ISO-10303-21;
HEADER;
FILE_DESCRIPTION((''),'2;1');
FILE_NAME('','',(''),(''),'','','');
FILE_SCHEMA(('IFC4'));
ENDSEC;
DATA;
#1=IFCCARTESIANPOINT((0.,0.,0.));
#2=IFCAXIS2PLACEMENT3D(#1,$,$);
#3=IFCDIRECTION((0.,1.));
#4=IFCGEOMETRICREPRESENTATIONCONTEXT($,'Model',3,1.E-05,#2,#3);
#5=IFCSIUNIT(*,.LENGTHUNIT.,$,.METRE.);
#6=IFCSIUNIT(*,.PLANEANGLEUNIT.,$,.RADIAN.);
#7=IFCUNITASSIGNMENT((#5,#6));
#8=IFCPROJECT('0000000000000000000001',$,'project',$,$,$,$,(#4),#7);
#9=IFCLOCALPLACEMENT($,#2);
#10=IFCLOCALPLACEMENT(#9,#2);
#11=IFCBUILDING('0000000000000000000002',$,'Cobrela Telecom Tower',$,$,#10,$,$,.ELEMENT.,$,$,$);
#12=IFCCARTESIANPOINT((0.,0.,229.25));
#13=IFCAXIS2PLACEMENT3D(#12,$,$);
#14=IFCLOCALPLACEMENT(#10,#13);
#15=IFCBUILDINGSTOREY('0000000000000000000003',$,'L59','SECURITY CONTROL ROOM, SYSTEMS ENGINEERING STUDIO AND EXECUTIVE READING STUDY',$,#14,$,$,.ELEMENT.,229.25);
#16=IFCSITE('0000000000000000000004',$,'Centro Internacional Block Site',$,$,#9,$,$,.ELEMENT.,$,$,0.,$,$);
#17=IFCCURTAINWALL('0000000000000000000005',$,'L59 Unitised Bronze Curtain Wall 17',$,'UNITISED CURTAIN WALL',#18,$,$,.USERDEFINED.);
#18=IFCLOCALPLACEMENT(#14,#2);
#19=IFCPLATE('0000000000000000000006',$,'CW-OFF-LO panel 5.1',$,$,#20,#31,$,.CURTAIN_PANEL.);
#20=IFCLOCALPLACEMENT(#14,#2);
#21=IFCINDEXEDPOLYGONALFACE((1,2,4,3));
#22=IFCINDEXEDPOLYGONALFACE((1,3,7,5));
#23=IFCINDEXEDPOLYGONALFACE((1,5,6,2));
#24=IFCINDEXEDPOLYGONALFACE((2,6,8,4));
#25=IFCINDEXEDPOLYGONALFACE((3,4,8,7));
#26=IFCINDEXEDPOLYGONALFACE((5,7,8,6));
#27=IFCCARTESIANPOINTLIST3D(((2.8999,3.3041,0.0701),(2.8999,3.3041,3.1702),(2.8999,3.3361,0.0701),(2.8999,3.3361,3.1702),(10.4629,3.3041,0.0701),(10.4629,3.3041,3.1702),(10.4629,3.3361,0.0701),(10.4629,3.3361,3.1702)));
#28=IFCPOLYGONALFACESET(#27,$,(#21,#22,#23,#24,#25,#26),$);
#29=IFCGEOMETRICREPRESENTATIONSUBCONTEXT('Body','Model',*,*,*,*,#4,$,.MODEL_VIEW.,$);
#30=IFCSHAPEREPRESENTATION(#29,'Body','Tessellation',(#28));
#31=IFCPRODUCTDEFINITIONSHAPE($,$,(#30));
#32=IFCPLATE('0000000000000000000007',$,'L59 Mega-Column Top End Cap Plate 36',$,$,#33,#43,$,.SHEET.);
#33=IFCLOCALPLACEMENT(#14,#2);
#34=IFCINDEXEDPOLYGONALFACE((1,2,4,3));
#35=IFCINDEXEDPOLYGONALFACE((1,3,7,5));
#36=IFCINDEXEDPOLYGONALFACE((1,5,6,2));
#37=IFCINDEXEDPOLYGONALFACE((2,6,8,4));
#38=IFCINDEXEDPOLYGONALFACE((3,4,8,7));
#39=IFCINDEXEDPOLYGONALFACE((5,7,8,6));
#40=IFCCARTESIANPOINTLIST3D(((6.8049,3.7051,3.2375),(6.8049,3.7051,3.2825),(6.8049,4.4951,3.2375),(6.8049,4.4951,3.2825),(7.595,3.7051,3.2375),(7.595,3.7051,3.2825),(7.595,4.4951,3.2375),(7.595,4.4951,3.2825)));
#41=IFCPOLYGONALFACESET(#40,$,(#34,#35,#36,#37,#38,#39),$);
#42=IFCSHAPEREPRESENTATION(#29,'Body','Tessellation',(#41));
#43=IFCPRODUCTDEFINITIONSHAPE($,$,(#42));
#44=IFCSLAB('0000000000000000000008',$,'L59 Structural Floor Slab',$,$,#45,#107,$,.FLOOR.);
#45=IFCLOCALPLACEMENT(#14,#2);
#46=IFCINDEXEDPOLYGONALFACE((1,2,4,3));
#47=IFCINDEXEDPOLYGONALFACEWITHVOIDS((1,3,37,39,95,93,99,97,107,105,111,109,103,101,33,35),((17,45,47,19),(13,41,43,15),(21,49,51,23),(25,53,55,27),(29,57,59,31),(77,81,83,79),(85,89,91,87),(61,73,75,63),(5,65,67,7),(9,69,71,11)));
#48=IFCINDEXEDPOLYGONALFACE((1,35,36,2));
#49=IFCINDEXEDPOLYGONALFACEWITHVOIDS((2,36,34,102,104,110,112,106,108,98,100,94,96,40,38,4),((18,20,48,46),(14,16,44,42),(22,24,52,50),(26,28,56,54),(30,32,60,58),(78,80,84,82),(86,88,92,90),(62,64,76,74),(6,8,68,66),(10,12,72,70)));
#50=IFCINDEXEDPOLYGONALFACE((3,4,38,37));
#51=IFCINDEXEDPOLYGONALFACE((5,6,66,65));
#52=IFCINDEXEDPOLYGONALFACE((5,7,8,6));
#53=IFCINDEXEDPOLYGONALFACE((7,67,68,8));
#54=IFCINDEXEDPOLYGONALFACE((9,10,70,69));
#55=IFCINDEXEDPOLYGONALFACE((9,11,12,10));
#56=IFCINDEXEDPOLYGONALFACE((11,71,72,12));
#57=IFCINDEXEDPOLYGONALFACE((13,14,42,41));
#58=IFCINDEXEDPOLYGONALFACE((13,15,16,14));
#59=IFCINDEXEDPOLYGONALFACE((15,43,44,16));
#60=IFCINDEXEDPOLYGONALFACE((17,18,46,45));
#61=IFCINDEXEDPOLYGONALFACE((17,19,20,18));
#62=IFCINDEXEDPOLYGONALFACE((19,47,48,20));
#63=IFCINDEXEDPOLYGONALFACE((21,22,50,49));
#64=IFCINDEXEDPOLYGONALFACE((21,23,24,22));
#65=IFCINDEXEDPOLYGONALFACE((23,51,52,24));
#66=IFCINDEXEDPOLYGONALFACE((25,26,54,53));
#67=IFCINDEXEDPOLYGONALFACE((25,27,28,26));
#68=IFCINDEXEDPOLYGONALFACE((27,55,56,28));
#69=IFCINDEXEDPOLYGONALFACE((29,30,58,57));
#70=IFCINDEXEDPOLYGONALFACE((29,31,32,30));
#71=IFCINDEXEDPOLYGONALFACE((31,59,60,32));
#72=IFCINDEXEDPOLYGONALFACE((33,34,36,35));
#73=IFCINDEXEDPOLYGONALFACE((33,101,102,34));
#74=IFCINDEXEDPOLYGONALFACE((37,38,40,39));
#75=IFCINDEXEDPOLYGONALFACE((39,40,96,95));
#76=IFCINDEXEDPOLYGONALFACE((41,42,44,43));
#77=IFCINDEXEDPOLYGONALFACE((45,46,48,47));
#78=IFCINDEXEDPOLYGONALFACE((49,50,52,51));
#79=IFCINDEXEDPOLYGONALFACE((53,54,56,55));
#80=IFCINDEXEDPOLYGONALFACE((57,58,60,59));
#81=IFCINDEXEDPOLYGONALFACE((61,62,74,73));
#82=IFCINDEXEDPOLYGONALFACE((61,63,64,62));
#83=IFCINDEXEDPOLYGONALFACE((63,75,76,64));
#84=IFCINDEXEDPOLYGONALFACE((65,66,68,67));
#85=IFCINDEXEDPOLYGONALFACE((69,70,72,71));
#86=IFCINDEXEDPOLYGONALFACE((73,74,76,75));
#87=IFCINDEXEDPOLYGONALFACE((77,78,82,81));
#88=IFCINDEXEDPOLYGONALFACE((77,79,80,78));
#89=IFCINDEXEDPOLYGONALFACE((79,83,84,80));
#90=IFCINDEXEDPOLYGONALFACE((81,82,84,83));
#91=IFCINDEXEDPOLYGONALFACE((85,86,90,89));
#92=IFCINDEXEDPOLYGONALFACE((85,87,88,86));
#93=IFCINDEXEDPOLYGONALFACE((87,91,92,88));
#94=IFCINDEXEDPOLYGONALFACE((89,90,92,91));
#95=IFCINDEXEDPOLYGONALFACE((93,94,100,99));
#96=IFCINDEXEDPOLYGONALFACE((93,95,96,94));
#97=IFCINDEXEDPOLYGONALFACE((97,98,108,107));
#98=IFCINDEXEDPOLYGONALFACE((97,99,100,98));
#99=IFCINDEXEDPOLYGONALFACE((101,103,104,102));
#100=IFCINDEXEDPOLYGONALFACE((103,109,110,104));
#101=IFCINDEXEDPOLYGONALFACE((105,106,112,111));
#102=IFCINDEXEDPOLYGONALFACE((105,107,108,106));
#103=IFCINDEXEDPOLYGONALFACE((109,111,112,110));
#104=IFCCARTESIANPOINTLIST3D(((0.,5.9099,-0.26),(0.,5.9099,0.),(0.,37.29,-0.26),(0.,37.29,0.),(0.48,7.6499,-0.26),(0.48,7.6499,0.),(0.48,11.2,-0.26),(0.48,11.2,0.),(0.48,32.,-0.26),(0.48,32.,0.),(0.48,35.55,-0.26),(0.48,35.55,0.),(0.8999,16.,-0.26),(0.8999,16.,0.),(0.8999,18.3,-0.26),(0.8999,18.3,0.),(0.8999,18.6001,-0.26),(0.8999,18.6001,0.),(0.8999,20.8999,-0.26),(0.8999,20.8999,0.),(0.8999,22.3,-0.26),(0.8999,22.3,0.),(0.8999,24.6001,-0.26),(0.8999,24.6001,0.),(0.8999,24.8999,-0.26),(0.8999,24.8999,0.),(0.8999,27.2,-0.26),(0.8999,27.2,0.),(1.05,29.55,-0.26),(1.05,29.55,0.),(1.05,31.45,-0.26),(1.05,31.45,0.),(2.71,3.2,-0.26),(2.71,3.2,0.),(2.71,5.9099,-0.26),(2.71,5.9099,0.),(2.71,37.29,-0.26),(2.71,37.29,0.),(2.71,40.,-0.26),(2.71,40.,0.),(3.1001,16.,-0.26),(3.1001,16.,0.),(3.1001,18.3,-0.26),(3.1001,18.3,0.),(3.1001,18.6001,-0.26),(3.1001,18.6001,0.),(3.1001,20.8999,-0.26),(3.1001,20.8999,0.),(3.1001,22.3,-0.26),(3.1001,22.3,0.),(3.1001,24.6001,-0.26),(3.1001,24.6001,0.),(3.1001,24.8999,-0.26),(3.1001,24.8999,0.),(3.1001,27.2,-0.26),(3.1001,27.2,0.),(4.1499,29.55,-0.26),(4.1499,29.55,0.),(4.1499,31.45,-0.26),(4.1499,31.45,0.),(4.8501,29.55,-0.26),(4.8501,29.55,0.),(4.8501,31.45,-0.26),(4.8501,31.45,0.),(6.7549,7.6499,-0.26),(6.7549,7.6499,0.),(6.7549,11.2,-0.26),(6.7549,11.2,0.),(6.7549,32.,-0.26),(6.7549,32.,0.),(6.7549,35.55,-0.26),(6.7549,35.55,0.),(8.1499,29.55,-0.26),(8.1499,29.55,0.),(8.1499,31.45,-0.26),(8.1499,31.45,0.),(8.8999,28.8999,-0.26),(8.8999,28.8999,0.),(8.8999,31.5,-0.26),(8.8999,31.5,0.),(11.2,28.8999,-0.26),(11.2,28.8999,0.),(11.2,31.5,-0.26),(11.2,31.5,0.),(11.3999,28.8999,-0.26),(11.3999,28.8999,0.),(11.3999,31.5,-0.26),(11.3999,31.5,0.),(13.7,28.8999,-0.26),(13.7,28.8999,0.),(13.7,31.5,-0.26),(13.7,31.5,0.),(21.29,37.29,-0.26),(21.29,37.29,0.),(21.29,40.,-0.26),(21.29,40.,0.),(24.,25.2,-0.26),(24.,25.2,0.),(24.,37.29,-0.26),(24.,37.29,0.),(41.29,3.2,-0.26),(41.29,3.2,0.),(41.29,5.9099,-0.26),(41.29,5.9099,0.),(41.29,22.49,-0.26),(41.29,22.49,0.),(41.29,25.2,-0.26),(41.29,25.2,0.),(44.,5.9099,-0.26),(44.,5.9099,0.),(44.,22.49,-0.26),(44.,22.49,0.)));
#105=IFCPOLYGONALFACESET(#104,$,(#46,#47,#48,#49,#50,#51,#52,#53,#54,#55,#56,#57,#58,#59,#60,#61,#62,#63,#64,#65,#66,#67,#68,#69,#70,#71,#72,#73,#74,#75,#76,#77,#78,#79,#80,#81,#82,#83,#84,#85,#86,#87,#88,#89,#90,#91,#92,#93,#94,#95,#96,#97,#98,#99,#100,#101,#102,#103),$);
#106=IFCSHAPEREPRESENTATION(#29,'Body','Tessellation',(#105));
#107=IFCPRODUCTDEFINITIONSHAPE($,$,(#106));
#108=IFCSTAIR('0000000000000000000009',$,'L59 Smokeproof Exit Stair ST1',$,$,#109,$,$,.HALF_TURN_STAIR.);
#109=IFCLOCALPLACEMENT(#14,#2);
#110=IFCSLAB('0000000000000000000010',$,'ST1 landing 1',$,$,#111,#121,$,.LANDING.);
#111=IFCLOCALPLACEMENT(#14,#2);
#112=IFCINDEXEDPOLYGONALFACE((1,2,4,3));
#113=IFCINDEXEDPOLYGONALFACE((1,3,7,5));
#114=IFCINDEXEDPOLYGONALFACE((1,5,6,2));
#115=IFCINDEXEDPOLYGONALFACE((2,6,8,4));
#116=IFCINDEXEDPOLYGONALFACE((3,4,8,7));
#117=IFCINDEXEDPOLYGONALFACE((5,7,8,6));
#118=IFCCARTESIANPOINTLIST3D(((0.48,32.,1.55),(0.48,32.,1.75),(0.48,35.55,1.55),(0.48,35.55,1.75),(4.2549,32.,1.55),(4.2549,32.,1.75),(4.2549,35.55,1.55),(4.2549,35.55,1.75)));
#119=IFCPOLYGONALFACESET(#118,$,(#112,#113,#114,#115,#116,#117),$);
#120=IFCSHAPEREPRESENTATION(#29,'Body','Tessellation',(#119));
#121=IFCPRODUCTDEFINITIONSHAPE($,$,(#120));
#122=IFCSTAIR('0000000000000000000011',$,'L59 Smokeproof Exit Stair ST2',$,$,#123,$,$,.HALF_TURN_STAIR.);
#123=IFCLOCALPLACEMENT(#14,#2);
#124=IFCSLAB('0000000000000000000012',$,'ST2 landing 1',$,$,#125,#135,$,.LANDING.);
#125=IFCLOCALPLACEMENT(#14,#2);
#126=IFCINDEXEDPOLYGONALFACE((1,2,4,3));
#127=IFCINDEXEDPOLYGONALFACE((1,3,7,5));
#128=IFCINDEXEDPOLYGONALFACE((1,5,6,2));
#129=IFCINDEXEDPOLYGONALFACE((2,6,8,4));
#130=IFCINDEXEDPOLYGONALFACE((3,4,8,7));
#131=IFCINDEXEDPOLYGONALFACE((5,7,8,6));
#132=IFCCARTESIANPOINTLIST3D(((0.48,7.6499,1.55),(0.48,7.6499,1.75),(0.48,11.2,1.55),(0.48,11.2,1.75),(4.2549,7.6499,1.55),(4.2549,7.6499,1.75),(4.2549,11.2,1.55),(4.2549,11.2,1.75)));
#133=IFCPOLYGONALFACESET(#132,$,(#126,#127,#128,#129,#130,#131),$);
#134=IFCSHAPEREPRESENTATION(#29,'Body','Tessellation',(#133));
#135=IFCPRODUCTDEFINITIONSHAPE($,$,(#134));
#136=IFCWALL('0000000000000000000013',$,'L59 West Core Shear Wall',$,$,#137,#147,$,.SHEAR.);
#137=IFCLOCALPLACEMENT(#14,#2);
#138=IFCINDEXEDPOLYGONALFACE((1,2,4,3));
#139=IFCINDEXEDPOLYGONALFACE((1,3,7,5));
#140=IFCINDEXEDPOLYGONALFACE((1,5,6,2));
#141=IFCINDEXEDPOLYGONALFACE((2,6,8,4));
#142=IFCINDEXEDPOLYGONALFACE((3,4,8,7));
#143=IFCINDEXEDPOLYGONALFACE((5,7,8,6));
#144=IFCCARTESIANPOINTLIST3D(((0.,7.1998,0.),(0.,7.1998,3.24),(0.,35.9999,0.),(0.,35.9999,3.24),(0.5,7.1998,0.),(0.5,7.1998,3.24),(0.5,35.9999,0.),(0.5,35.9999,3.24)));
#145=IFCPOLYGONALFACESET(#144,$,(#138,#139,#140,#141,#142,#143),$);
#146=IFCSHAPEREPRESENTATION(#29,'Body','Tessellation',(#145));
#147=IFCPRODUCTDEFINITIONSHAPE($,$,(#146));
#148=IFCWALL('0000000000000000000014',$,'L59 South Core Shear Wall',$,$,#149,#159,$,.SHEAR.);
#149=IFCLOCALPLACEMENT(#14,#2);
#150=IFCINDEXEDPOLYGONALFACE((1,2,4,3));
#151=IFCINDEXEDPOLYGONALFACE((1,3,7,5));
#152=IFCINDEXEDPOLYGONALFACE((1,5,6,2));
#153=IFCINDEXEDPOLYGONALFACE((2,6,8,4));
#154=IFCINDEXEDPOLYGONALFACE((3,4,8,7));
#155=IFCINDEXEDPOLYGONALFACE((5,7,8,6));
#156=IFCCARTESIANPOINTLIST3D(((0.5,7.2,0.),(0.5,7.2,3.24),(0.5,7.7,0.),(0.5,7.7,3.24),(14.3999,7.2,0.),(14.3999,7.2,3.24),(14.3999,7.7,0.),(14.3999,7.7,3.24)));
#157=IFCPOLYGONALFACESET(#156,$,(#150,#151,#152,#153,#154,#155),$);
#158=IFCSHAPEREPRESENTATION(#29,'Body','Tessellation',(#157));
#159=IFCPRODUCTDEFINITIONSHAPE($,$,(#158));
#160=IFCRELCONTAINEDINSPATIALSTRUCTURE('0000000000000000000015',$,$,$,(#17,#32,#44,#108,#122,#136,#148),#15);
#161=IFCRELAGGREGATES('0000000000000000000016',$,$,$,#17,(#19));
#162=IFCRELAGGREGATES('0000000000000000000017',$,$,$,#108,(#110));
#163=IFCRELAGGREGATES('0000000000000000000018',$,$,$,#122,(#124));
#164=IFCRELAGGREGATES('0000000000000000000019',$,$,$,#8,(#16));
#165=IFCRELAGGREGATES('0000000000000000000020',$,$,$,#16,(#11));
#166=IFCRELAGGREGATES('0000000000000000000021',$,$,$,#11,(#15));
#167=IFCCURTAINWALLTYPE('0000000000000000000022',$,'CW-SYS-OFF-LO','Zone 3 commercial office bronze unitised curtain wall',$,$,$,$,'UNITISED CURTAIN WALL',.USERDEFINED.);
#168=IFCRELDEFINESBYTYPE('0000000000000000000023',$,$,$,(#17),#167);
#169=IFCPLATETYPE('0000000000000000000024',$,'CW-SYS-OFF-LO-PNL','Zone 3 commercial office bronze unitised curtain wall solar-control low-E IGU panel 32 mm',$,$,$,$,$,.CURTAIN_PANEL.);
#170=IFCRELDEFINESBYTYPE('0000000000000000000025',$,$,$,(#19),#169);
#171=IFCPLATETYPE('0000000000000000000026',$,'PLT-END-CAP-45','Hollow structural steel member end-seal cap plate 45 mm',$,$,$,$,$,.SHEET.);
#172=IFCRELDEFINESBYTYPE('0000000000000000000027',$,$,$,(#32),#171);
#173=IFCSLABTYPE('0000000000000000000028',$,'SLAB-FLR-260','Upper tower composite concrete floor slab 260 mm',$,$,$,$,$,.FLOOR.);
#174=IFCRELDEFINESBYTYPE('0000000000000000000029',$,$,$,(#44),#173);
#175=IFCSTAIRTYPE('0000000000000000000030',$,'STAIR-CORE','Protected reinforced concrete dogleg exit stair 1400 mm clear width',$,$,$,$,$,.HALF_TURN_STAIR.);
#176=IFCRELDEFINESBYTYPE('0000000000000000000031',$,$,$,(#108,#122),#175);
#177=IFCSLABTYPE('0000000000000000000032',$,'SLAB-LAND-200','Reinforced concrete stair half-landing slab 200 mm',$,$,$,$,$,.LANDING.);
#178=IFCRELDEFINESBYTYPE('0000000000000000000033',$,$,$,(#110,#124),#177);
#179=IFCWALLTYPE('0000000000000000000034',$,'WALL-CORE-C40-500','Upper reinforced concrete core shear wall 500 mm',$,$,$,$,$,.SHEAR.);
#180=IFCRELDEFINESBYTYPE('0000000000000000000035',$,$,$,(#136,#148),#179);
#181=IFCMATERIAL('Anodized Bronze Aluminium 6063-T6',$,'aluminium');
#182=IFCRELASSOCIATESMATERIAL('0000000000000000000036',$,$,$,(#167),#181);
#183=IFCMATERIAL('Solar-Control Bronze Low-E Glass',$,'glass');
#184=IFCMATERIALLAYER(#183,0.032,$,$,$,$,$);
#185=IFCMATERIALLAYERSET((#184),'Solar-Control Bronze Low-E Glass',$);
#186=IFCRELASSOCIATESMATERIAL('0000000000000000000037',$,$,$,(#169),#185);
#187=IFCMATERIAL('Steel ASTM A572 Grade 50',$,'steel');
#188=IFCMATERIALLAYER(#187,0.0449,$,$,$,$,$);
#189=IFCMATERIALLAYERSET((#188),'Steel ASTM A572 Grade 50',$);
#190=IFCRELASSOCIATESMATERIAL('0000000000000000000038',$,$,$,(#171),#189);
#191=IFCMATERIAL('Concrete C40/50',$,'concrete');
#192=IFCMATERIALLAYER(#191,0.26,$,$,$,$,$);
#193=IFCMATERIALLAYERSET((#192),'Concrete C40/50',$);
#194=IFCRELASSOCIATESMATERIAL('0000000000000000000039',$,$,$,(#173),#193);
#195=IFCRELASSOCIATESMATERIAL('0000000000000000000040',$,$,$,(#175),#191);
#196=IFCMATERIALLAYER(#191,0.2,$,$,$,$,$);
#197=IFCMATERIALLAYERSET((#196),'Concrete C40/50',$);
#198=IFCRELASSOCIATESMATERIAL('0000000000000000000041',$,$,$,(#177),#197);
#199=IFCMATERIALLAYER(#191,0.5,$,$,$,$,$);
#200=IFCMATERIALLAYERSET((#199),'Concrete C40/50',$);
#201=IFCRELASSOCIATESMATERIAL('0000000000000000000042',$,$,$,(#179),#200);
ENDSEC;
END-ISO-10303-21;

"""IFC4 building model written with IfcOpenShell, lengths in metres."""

from ifc_helpers import new_model, si_unit, direction, frame, frame_2d, origin, origin_2d, place, context, subcontext, project, spatial, polyline, rectangle, outline, extrude, material, layer, layer_set, type_object, element, aggregate, save


model = new_model("IFC4")

# Units and contexts
model_context = context("Model", 3, precision=1e-05, world=origin(), true_north=direction((0.0, 1.0)))
body_context = subcontext(model_context, "Body", "Model", "MODEL_VIEW")
ifc_project = project(units=[si_unit("LENGTHUNIT", "METRE"), si_unit("PLANEANGLEUNIT", "RADIAN")], contexts=[model_context])

# Site, building, storey
site_placement = place(None, origin())
site = spatial("IfcSite", under=ifc_project, at=site_placement, Name="Centro Internacional Block Site", CompositionType="ELEMENT", RefElevation=0.0)
building_placement = place(site_placement, origin())
building = spatial("IfcBuilding", under=site, at=building_placement, Name="Cobrela Telecom Tower", CompositionType="ELEMENT")
storey_placement = place(building_placement, frame((0.0, 0.0, 229.25)))
storey = spatial("IfcBuildingStorey", under=building, at=storey_placement, Name="L59", Description="SECURITY CONTROL ROOM, SYSTEMS ENGINEERING STUDIO AND EXECUTIVE READING STUDY", CompositionType="ELEMENT", Elevation=229.25)

# Shared definitions
ifc_material_1 = material(Name="Steel ASTM A572 Grade 50", Category="steel")

# Curtain wall, plate
ifc_material_2 = material(Name="Anodized Bronze Aluminium 6063-T6", Category="aluminium")
curtain_wall_type = type_object("IfcCurtainWallType", Name="CW-SYS-OFF-LO", Description="Zone 3 commercial office bronze unitised curtain wall", ElementType="UNITISED CURTAIN WALL", PredefinedType="USERDEFINED", material=ifc_material_2)
curtain_wall_placement = place(storey_placement, origin())
curtain_wall = element("IfcCurtainWall", 1, at=curtain_wall_placement, inside=storey, type_object=curtain_wall_type, Name="L59 Unitised Bronze Curtain Wall 17", ObjectType="UNITISED CURTAIN WALL", PredefinedType="USERDEFINED")
ifc_material_3 = material(Name="Solar-Control Bronze Low-E Glass", Category="glass")
ifc_layer_1 = layer(ifc_material_3, 0.032)
ifc_layer_set_1 = layer_set([ifc_layer_1], Name="Solar-Control Bronze Low-E Glass")
plate_type_1 = type_object("IfcPlateType", Name="CW-SYS-OFF-LO-PNL", Description="Zone 3 commercial office bronze unitised curtain wall solar-control low-E IGU panel 32 mm", PredefinedType="CURTAIN_PANEL", material=ifc_layer_set_1)
plate_1_placement = place(storey_placement, frame((6.6814, 3.3201, 0.0701), z_axis=(0.0, 0.0, 1.0), x_axis=(-1.0, 0.0, 0.0)))
plate_1 = element("IfcPlate", 2, at=plate_1_placement, type_object=plate_type_1, Name="CW-OFF-LO panel 5.1", PredefinedType="CURTAIN_PANEL", context=body_context, shape_type="SweptSolid", body=[
    extrude(rectangle(XDim=7.563, YDim=0.032, at=origin_2d()), origin(), (0.0, 0.0, 1.0), 3.1001),
])
aggregate(curtain_wall, [plate_1])

# Plate
ifc_layer_2 = layer(ifc_material_1, 0.0449)
ifc_layer_set_2 = layer_set([ifc_layer_2], Name="Steel ASTM A572 Grade 50")
plate_type_2 = type_object("IfcPlateType", Name="PLT-END-CAP-45", Description="Hollow structural steel member end-seal cap plate 45 mm", PredefinedType="SHEET", material=ifc_layer_set_2)
plate_2_placement = place(storey_placement, frame((7.2, 4.1001, 3.2375), z_axis=(0.0, 0.0, 1.0), x_axis=(1.0, 0.0, 0.0)))
element("IfcPlate", 3, at=plate_2_placement, inside=storey, type_object=plate_type_2, Name="L59 Mega-Column Top End Cap Plate 36", PredefinedType="SHEET", context=body_context, shape_type="SweptSolid", body=[
    extrude(rectangle(XDim=0.79, YDim=0.79, at=origin_2d()), origin(), (0.0, 0.0, 1.0), 0.0449),
])

# Slab, openings
ifc_material_4 = material(Name="Concrete C40/50", Category="concrete")
ifc_layer_3 = layer(ifc_material_4, 0.26)
ifc_layer_set_3 = layer_set([ifc_layer_3], Name="Concrete C40/50")
slab_type_1 = type_object("IfcSlabType", Name="SLAB-FLR-260", Description="Upper tower composite concrete floor slab 260 mm", PredefinedType="FLOOR", material=ifc_layer_set_3)
slab_1_placement = place(storey_placement, frame((0.0, 0.0, -0.26)))
slab_1 = element("IfcSlab", 4, at=slab_1_placement, inside=storey, type_object=slab_type_1, Name="L59 Structural Floor Slab", PredefinedType="FLOOR", context=body_context, shape_type="SweptSolid", body=[
    extrude(outline(polyline([(2.71, 3.2), (41.29, 3.2), (41.29, 5.9099), (44.0, 5.9099), (44.0, 22.49), (41.29, 22.49), (41.29, 25.2), (24.0, 25.2), (24.0, 37.29), (21.29, 37.29), (21.29, 40.0), (2.71, 40.0), (2.71, 37.29), (0.0, 37.29), (0.0, 5.9099), (2.71, 5.9099), (2.71, 3.2)])), origin(), (0.0, 0.0, 1.0), 0.26),
])
opening_1_placement = place(slab_1_placement, frame((0.0, 0.0, -0.02)))
element("IfcOpeningElement", 5, at=opening_1_placement, cuts=slab_1, PredefinedType="OPENING", context=body_context, shape_type="SweptSolid", body=[
    extrude(outline(polyline([(8.8999, 28.8999), (11.2, 28.8999), (11.2, 31.5), (8.8999, 31.5), (8.8999, 28.8999)])), origin(), (0.0, 0.0, 1.0), 0.3),
])
opening_2_placement = place(slab_1_placement, frame((0.0, 0.0, -0.02)))
element("IfcOpeningElement", 6, at=opening_2_placement, cuts=slab_1, PredefinedType="OPENING", context=body_context, shape_type="SweptSolid", body=[
    extrude(outline(polyline([(11.3999, 28.8999), (13.7, 28.8999), (13.7, 31.5), (11.3999, 31.5), (11.3999, 28.8999)])), origin(), (0.0, 0.0, 1.0), 0.3),
])
opening_3_placement = place(slab_1_placement, frame((0.0, 0.0, -0.02)))
element("IfcOpeningElement", 7, at=opening_3_placement, cuts=slab_1, PredefinedType="OPENING", context=body_context, shape_type="SweptSolid", body=[
    extrude(outline(polyline([(0.8999, 16.0), (3.1001, 16.0), (3.1001, 18.3), (0.8999, 18.3), (0.8999, 16.0)])), origin(), (0.0, 0.0, 1.0), 0.3),
])
opening_4_placement = place(slab_1_placement, frame((0.0, 0.0, -0.02)))
element("IfcOpeningElement", 8, at=opening_4_placement, cuts=slab_1, PredefinedType="OPENING", context=body_context, shape_type="SweptSolid", body=[
    extrude(outline(polyline([(0.8999, 18.6001), (3.1001, 18.6001), (3.1001, 20.8999), (0.8999, 20.8999), (0.8999, 18.6001)])), origin(), (0.0, 0.0, 1.0), 0.3),
])
opening_5_placement = place(slab_1_placement, frame((0.0, 0.0, -0.02)))
element("IfcOpeningElement", 9, at=opening_5_placement, cuts=slab_1, PredefinedType="OPENING", context=body_context, shape_type="SweptSolid", body=[
    extrude(outline(polyline([(0.8999, 22.3), (3.1001, 22.3), (3.1001, 24.6001), (0.8999, 24.6001), (0.8999, 22.3)])), origin(), (0.0, 0.0, 1.0), 0.3),
])
opening_6_placement = place(slab_1_placement, frame((0.0, 0.0, -0.02)))
element("IfcOpeningElement", 10, at=opening_6_placement, cuts=slab_1, PredefinedType="OPENING", context=body_context, shape_type="SweptSolid", body=[
    extrude(outline(polyline([(0.8999, 24.8999), (3.1001, 24.8999), (3.1001, 27.2), (0.8999, 27.2), (0.8999, 24.8999)])), origin(), (0.0, 0.0, 1.0), 0.3),
])
opening_7_placement = place(slab_1_placement, frame((0.0, 0.0, -0.02)))
element("IfcOpeningElement", 11, at=opening_7_placement, cuts=slab_1, PredefinedType="OPENING", context=body_context, shape_type="SweptSolid", body=[
    extrude(outline(polyline([(1.05, 29.55), (4.1499, 29.55), (4.1499, 31.45), (1.05, 31.45), (1.05, 29.55)])), origin(), (0.0, 0.0, 1.0), 0.3),
])
opening_8_placement = place(slab_1_placement, frame((0.0, 0.0, -0.02)))
element("IfcOpeningElement", 12, at=opening_8_placement, cuts=slab_1, PredefinedType="OPENING", context=body_context, shape_type="SweptSolid", body=[
    extrude(outline(polyline([(4.8501, 29.55), (8.1499, 29.55), (8.1499, 31.45), (4.8501, 31.45), (4.8501, 29.55)])), origin(), (0.0, 0.0, 1.0), 0.3),
])
opening_9_placement = place(slab_1_placement, frame((0.0, 0.0, -0.02)))
element("IfcOpeningElement", 13, at=opening_9_placement, cuts=slab_1, PredefinedType="OPENING", context=body_context, shape_type="SweptSolid", body=[
    extrude(outline(polyline([(6.7549, 35.55), (0.48, 35.55), (0.48, 32.0), (6.7549, 32.0), (6.7549, 35.55)])), origin(), (0.0, 0.0, 1.0), 0.3),
])
opening_10_placement = place(slab_1_placement, frame((0.0, 0.0, -0.02)))
element("IfcOpeningElement", 14, at=opening_10_placement, cuts=slab_1, PredefinedType="OPENING", context=body_context, shape_type="SweptSolid", body=[
    extrude(outline(polyline([(6.7549, 11.2), (0.48, 11.2), (0.48, 7.6499), (6.7549, 7.6499), (6.7549, 11.2)])), origin(), (0.0, 0.0, 1.0), 0.3),
])

# Stairs, slabs
stair_type = type_object("IfcStairType", Name="STAIR-CORE", Description="Protected reinforced concrete dogleg exit stair 1400 mm clear width", PredefinedType="HALF_TURN_STAIR", material=ifc_material_4)
stair_1_placement = place(storey_placement, origin())
stair_1 = element("IfcStair", 15, at=stair_1_placement, inside=storey, type_object=stair_type, Name="L59 Smokeproof Exit Stair ST1", PredefinedType="HALF_TURN_STAIR")
ifc_layer_4 = layer(ifc_material_4, 0.2)
ifc_layer_set_4 = layer_set([ifc_layer_4], Name="Concrete C40/50")
slab_type_2 = type_object("IfcSlabType", Name="SLAB-LAND-200", Description="Reinforced concrete stair half-landing slab 200 mm", PredefinedType="LANDING", material=ifc_layer_set_4)
slab_2_placement = place(storey_placement, frame((0.0, 0.0, 1.55)))
slab_2 = element("IfcSlab", 16, at=slab_2_placement, type_object=slab_type_2, Name="ST1 landing 1", PredefinedType="LANDING", context=body_context, shape_type="SweptSolid", body=[
    extrude(outline(polyline([(4.2549, 35.55), (0.48, 35.55), (0.48, 32.0), (4.2549, 32.0), (4.2549, 35.55)])), origin(), (0.0, 0.0, 1.0), 0.2),
])
aggregate(stair_1, [slab_2])
stair_2_placement = place(storey_placement, origin())
stair_2 = element("IfcStair", 17, at=stair_2_placement, inside=storey, type_object=stair_type, Name="L59 Smokeproof Exit Stair ST2", PredefinedType="HALF_TURN_STAIR")
slab_3_placement = place(storey_placement, frame((0.0, 0.0, 1.55)))
slab_3 = element("IfcSlab", 18, at=slab_3_placement, type_object=slab_type_2, Name="ST2 landing 1", PredefinedType="LANDING", context=body_context, shape_type="SweptSolid", body=[
    extrude(outline(polyline([(4.2549, 11.2), (0.48, 11.2), (0.48, 7.6499), (4.2549, 7.6499), (4.2549, 11.2)])), origin(), (0.0, 0.0, 1.0), 0.2),
])
aggregate(stair_2, [slab_3])

# Walls
ifc_layer_5 = layer(ifc_material_4, 0.5)
ifc_layer_set_5 = layer_set([ifc_layer_5], Name="Concrete C40/50")
wall_type_1 = type_object("IfcWallType", Name="WALL-CORE-C40-500", Description="Upper reinforced concrete core shear wall 500 mm", PredefinedType="SHEAR", material=ifc_layer_set_5)
wall_1_placement = place(storey_placement, frame((0.25, 7.2, 0.0), z_axis=(0.0, 0.0, 1.0), x_axis=(0.0, 1.0, 0.0)))
element("IfcWall", 19, at=wall_1_placement, inside=storey, type_object=wall_type_1, Name="L59 West Core Shear Wall", PredefinedType="SHEAR", context=body_context, shape_type="SweptSolid", body=[
    extrude(rectangle(XDim=28.8, YDim=0.5, at=frame_2d((14.3999, 0.0))), origin(), (0.0, 0.0, 1.0), 3.24),
])
wall_2_placement = place(storey_placement, frame((0.5, 7.45, 0.0), z_axis=(0.0, 0.0, 1.0), x_axis=(1.0, 0.0, 0.0)))
element("IfcWall", 20, at=wall_2_placement, inside=storey, type_object=wall_type_1, Name="L59 South Core Shear Wall", PredefinedType="SHEAR", context=body_context, shape_type="SweptSolid", body=[
    extrude(rectangle(XDim=13.8999, YDim=0.5, at=frame_2d((6.95, 0.0))), origin(), (0.0, 0.0, 1.0), 3.24),
])

save(model, "model.ifc")
